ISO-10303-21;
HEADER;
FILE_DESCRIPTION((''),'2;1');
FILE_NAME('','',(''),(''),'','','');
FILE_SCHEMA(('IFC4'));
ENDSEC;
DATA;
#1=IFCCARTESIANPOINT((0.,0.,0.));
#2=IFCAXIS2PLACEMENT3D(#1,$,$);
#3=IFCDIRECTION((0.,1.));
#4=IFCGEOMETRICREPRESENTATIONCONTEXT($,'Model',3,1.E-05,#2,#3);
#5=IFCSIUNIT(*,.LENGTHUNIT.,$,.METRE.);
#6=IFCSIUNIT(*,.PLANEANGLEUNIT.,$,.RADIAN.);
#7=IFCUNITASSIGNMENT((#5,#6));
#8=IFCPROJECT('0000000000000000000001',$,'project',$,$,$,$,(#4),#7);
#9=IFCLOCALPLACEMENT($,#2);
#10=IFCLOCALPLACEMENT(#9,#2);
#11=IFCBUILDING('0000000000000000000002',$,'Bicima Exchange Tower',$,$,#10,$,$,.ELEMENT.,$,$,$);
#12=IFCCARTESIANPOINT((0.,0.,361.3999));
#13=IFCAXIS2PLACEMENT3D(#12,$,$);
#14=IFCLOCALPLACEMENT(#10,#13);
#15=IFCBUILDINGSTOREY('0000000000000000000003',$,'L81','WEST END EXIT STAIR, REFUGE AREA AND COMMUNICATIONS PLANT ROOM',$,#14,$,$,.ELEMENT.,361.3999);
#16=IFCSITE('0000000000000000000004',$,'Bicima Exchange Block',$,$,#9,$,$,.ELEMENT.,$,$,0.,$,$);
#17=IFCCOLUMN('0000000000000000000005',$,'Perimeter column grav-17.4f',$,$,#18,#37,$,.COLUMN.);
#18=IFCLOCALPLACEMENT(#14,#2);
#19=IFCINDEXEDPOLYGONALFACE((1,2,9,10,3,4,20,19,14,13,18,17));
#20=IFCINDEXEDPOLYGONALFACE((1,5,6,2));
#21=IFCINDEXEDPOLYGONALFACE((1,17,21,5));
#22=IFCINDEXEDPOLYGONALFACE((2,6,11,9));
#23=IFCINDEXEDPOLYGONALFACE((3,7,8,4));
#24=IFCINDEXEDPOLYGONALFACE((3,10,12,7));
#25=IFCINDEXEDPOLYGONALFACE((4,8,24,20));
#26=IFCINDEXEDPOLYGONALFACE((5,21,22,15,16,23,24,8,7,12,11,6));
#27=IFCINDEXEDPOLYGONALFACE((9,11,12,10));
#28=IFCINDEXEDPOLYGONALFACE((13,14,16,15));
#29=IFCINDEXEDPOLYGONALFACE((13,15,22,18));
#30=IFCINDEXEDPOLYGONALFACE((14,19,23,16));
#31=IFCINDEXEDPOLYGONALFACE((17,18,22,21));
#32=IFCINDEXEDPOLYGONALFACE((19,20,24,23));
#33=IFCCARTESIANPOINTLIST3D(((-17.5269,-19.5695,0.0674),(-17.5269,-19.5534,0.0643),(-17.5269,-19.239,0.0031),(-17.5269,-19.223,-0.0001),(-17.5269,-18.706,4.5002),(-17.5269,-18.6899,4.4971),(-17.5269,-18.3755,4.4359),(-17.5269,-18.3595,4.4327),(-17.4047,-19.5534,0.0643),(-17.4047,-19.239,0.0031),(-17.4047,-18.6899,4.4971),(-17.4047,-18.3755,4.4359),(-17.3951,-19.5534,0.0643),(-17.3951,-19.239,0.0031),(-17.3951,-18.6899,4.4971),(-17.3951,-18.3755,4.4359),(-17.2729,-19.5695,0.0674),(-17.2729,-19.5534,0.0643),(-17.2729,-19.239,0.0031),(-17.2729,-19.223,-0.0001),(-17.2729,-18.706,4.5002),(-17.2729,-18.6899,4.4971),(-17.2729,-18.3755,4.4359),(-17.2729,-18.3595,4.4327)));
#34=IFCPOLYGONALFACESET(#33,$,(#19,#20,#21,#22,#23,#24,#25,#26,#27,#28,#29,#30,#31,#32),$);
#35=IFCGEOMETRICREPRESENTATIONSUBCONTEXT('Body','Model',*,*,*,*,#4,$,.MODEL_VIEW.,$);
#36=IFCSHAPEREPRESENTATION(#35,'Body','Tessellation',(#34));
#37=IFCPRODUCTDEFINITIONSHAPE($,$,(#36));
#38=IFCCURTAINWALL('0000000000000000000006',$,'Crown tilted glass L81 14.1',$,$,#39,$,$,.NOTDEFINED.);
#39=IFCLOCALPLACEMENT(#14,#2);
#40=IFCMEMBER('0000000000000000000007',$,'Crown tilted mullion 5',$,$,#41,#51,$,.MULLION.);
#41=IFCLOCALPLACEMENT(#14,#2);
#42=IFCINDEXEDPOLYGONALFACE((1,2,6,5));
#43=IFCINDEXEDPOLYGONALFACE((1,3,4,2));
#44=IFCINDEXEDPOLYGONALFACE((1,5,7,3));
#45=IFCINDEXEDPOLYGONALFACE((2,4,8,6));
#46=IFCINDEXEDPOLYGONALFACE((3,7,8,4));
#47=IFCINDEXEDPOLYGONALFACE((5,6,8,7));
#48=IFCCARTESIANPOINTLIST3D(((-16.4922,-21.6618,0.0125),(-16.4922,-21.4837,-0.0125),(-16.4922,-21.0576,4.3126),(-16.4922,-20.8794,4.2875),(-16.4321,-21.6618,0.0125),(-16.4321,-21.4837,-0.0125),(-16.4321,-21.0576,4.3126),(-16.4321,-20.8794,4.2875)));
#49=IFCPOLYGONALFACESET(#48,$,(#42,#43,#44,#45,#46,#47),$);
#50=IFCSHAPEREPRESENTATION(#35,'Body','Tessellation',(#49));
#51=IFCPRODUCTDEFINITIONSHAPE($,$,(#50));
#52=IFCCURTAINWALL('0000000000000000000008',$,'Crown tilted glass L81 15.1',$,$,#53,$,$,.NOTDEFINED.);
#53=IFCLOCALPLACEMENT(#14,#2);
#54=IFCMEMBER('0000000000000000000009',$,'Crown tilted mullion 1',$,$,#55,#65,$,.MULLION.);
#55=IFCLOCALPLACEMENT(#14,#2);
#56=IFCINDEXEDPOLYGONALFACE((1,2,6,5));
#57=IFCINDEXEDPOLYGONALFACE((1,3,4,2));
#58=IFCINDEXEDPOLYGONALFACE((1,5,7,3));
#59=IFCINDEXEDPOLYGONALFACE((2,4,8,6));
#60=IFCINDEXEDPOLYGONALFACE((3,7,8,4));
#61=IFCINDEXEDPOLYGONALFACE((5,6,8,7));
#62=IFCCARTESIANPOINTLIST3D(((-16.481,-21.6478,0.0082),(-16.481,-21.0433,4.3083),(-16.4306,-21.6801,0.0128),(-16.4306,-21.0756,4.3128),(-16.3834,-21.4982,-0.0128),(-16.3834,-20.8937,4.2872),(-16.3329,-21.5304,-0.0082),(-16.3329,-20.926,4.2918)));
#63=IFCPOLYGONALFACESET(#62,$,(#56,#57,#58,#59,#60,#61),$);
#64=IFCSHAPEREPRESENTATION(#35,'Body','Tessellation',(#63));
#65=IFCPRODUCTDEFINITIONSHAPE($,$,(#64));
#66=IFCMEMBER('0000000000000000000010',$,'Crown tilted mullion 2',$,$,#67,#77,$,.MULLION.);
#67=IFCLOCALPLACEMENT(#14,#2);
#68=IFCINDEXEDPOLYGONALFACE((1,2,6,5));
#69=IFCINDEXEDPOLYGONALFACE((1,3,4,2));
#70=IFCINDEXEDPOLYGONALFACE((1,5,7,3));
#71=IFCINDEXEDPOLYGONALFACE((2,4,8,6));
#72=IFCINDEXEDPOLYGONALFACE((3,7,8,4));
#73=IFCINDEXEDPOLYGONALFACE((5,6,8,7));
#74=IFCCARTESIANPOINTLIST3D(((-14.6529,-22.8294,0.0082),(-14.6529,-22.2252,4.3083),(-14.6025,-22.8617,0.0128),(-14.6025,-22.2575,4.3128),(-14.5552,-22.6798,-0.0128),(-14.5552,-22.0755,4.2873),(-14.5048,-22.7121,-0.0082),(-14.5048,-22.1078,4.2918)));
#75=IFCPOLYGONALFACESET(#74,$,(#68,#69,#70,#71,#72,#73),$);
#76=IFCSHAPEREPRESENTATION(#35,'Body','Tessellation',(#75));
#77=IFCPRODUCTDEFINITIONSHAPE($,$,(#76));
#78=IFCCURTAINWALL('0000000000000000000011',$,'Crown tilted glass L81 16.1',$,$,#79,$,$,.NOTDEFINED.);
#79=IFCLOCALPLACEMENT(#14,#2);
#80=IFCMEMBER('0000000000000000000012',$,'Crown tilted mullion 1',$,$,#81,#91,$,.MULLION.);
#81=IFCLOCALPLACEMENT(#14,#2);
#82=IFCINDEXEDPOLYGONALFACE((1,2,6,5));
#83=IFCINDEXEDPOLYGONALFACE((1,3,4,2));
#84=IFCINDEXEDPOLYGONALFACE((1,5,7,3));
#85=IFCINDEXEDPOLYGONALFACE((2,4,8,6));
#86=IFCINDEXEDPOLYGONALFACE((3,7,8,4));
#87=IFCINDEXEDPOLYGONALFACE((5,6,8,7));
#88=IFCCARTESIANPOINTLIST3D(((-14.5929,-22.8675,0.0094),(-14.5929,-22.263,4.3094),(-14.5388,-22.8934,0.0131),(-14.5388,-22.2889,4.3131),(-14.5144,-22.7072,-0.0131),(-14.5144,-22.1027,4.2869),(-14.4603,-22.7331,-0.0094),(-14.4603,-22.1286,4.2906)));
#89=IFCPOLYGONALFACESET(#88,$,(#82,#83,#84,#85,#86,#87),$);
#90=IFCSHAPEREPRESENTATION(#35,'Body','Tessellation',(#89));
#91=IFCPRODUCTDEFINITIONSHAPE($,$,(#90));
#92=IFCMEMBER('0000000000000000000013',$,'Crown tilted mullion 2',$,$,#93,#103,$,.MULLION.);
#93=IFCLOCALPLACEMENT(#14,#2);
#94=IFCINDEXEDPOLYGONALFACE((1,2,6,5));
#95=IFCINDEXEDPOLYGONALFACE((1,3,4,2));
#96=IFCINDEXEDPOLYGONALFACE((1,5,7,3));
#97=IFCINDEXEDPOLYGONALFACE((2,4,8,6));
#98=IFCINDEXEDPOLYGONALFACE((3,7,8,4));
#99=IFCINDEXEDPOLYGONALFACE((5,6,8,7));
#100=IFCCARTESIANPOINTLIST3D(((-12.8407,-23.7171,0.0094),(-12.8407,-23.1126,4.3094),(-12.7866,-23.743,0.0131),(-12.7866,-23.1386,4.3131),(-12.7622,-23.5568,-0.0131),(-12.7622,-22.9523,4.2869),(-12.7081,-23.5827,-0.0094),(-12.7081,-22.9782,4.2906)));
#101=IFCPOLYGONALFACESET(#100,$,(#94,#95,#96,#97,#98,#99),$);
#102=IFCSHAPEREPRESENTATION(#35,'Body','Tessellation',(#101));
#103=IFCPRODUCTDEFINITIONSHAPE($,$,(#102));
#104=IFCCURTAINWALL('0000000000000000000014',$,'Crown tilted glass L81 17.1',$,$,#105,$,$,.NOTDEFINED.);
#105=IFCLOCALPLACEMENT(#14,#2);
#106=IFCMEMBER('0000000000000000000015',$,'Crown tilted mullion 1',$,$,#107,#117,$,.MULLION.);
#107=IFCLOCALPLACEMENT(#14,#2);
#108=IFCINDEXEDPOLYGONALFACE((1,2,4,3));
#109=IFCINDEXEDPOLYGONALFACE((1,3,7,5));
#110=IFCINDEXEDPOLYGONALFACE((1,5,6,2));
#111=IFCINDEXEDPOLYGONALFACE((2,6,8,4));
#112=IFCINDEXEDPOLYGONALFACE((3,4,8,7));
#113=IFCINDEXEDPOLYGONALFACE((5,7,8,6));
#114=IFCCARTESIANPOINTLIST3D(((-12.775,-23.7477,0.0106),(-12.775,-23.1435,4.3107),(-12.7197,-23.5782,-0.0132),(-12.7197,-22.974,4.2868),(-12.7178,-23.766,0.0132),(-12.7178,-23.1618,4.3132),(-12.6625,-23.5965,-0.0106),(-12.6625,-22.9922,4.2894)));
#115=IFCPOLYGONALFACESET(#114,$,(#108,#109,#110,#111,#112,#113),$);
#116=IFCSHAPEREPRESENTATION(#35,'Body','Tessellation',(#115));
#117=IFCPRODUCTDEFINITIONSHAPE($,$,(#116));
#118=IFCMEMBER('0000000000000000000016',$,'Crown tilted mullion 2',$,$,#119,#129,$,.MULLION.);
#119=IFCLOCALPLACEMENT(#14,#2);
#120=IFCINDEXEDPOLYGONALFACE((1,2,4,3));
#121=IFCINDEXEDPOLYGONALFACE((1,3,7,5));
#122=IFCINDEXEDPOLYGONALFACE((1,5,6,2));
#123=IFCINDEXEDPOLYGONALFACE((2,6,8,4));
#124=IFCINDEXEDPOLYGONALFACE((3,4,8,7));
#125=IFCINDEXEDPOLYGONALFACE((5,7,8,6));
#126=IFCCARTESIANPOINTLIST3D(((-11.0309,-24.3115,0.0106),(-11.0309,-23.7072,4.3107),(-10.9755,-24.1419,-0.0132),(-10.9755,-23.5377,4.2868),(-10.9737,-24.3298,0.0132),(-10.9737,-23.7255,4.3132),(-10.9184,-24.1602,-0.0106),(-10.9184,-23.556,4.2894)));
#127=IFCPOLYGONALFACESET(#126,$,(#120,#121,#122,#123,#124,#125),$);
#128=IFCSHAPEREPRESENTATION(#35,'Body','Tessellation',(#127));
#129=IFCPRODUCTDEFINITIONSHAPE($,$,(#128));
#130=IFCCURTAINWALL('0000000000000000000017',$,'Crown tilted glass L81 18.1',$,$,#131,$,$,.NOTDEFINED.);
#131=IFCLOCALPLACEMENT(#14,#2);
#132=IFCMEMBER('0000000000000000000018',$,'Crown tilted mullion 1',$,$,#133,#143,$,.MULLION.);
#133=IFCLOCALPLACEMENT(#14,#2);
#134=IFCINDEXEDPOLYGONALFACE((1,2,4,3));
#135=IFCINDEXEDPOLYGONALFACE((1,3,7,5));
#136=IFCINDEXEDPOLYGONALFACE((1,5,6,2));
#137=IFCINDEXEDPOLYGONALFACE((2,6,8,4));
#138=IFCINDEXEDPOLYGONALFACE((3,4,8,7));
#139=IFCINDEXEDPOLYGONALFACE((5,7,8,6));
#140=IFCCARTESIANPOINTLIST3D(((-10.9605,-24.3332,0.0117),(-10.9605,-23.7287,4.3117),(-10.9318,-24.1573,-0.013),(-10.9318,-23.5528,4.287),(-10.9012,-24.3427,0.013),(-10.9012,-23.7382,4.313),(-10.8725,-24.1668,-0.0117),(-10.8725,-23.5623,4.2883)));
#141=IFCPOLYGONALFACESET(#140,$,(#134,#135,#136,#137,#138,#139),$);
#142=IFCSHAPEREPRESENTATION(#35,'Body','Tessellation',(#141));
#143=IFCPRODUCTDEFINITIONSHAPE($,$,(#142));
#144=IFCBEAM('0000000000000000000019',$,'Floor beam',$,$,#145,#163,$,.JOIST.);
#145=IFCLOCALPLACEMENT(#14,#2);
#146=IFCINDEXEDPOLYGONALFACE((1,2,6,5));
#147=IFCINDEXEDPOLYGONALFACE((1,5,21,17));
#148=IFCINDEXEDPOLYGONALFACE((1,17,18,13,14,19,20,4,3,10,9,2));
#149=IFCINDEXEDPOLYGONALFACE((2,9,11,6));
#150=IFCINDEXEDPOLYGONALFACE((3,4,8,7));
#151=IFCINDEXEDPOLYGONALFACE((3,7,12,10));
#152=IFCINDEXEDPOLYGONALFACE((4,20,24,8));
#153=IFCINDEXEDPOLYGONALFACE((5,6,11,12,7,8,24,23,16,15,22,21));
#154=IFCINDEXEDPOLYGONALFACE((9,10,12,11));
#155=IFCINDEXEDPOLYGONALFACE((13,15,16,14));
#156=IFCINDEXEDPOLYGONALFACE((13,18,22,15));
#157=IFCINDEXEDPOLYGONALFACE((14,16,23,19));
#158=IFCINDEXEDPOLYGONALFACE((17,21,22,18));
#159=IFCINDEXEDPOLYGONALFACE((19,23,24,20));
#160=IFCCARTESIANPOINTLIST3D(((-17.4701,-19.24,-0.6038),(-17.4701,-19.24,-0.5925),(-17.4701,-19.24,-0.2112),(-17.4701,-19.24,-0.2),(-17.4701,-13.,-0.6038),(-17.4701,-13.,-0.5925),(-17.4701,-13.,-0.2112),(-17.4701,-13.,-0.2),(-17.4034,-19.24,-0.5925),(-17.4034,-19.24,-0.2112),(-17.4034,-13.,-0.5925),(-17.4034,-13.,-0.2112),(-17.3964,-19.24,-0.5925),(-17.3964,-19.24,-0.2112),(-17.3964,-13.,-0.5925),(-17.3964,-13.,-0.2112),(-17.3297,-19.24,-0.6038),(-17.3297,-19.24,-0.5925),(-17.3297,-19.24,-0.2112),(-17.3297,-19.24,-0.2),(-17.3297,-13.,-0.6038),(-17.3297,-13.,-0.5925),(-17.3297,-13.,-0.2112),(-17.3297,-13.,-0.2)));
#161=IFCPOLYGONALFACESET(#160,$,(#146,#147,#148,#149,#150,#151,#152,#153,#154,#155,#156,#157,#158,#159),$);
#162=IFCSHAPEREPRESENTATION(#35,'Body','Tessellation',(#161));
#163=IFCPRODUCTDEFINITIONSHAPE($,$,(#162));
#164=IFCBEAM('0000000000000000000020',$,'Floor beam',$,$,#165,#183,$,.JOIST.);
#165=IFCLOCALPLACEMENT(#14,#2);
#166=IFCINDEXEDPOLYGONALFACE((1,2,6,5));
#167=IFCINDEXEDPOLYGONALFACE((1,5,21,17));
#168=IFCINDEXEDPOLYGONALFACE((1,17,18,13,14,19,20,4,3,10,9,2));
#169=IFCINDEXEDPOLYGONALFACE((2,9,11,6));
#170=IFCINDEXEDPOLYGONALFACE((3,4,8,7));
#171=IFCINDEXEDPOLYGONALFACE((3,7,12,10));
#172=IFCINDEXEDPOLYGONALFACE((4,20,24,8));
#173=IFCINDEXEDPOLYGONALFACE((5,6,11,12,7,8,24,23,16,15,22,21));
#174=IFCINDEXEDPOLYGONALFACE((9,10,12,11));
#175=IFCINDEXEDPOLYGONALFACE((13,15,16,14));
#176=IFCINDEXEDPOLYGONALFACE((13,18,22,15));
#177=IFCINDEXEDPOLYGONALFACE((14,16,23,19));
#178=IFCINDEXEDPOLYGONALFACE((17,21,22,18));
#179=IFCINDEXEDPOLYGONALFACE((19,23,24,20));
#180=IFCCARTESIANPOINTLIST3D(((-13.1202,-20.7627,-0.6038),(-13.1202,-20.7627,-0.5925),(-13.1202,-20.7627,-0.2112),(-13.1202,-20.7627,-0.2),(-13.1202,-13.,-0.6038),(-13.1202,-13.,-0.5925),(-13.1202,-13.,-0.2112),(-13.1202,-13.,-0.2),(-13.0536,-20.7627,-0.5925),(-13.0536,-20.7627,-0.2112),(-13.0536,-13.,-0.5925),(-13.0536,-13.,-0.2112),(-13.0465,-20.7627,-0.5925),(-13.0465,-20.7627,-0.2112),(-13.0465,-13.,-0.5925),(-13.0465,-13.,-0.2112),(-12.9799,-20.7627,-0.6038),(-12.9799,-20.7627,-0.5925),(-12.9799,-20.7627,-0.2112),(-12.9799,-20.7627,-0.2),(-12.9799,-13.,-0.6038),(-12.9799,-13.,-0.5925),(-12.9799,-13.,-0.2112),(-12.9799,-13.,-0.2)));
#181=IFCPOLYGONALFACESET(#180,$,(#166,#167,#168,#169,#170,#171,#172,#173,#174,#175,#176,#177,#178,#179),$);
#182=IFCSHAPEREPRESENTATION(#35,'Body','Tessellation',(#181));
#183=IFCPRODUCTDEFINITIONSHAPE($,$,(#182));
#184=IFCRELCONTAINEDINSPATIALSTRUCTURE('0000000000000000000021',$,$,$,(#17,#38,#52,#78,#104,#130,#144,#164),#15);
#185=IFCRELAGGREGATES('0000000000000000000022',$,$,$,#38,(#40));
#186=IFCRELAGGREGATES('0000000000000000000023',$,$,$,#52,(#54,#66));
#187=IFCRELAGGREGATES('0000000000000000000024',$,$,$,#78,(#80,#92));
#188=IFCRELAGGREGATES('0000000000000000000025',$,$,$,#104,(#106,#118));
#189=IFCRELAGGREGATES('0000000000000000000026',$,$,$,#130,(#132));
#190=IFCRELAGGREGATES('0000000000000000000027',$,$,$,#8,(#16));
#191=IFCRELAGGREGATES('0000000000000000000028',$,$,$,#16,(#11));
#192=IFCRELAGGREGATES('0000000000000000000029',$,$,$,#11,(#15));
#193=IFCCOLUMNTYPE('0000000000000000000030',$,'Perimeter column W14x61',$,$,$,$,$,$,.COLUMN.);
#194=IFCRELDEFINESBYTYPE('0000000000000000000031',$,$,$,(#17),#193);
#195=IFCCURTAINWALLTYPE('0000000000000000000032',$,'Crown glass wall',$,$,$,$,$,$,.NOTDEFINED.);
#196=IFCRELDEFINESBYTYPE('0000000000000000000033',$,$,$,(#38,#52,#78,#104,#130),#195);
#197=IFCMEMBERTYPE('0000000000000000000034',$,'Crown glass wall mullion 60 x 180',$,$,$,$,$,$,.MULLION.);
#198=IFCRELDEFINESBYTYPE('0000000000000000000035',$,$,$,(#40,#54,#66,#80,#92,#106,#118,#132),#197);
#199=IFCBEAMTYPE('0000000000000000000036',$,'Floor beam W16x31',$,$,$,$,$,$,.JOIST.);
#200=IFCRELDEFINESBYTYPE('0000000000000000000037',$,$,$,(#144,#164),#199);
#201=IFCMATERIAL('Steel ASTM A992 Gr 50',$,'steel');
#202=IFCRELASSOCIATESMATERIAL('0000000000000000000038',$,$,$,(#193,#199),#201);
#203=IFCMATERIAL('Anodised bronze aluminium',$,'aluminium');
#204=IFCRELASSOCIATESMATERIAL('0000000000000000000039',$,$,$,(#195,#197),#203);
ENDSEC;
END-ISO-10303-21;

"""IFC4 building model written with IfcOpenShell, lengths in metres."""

from ifc_helpers import new_model, si_unit, direction, frame, origin, origin_2d, place, context, subcontext, project, spatial, rectangle, i_section, extrude, material, material_profile, profile_set, type_object, element, aggregate, save


model = new_model("IFC4")

# Units and contexts
model_context = context("Model", 3, precision=1e-05, world=origin(), true_north=direction((0.0, 1.0)))
body_context = subcontext(model_context, "Body", "Model", "MODEL_VIEW")
ifc_project = project(units=[si_unit("LENGTHUNIT", "METRE"), si_unit("PLANEANGLEUNIT", "RADIAN")], contexts=[model_context])

# Site, building, storey
site_placement = place(None, origin())
site = spatial("IfcSite", under=ifc_project, at=site_placement, Name="Bicima Exchange Block", CompositionType="ELEMENT", RefElevation=0.0)
building_placement = place(site_placement, origin())
building = spatial("IfcBuilding", under=site, at=building_placement, Name="Bicima Exchange Tower", CompositionType="ELEMENT")
storey_placement = place(building_placement, frame((0.0, 0.0, 361.3999)))
storey = spatial("IfcBuildingStorey", under=building, at=storey_placement, Name="L81", Description="WEST END EXIT STAIR, REFUGE AREA AND COMMUNICATIONS PLANT ROOM", CompositionType="ELEMENT", Elevation=361.3999)

# Column
ifc_material_1 = material(Name="Steel ASTM A992 Gr 50", Category="steel")
ifc_material_profile_1 = material_profile(ifc_material_1, i_section(OverallWidth=0.2539, OverallDepth=0.353, WebThickness=0.0095, FlangeThickness=0.0164, at=origin_2d()))
ifc_profile_set_1 = profile_set([ifc_material_profile_1], Name="Steel ASTM A992 Gr 50")
column_type = type_object("IfcColumnType", Name="Perimeter column W14x61", PredefinedType="COLUMN", material=ifc_profile_set_1)
column_placement = place(storey_placement, frame((-17.3999, -19.3962, 0.0337), z_axis=(0.0, 0.191207, 0.98155), x_axis=(-1.0, 0.0, 0.0)))
element("IfcColumn", 1, at=column_placement, inside=storey, type_object=column_type, Name="Perimeter column grav-17.4f", PredefinedType="COLUMN", context=body_context, shape_type="SweptSolid", body=[
    extrude(i_section(OverallWidth=0.2539, OverallDepth=0.353, WebThickness=0.0095, FlangeThickness=0.0164, at=origin_2d()), origin(), (0.0, 0.0, 1.0), 4.5161),
])

# Curtain wall, member
ifc_material_2 = material(Name="Anodised bronze aluminium", Category="aluminium")
curtain_wall_type = type_object("IfcCurtainWallType", Name="Crown glass wall", PredefinedType="NOTDEFINED", material=ifc_material_2)
curtain_wall_1_placement = place(storey_placement, origin())
curtain_wall_1 = element("IfcCurtainWall", 2, at=curtain_wall_1_placement, inside=storey, type_object=curtain_wall_type, Name="Crown tilted glass L81 14.1", PredefinedType="NOTDEFINED")
ifc_material_profile_2 = material_profile(ifc_material_2, rectangle(XDim=0.1799, YDim=0.0601, at=origin_2d()))
ifc_profile_set_2 = profile_set([ifc_material_profile_2], Name="Anodised bronze aluminium")
member_type_1 = type_object("IfcMemberType", Name="Crown glass wall mullion 60 x 180", PredefinedType="MULLION", material=ifc_profile_set_2)
member_1_placement = place(storey_placement, frame((-16.4622, -21.5728, 0.0), z_axis=(0.0, 0.139154, 0.990271), x_axis=(0.0, -0.990271, 0.139154)))
member_1 = element("IfcMember", 3, at=member_1_placement, type_object=member_type_1, Name="Crown tilted mullion 5", PredefinedType="MULLION", context=body_context, shape_type="SweptSolid", body=[
    extrude(rectangle(XDim=0.1799, YDim=0.0601, at=origin_2d()), origin(), (0.0, 0.0, 1.0), 4.3423),
])
aggregate(curtain_wall_1, [member_1])

# Curtain walls, members
curtain_wall_2_placement = place(storey_placement, origin())
curtain_wall_2 = element("IfcCurtainWall", 4, at=curtain_wall_2_placement, inside=storey, type_object=curtain_wall_type, Name="Crown tilted glass L81 15.1", PredefinedType="NOTDEFINED")
member_2_placement = place(storey_placement, frame((-16.407, -21.5891, 0.0), z_axis=(0.0, 0.139209, 0.990263), x_axis=(-0.542911, -0.831613, 0.116907)))
member_2 = element("IfcMember", 5, at=member_2_placement, type_object=member_type_1, Name="Crown tilted mullion 1", PredefinedType="MULLION", context=body_context, shape_type="SweptSolid", body=[
    extrude(rectangle(XDim=0.1799, YDim=0.0601, at=origin_2d()), origin(), (0.0, 0.0, 1.0), 4.3423),
])
member_3_placement = place(storey_placement, frame((-14.5789, -22.7708, 0.0), z_axis=(0.0, 0.139154, 0.990271), x_axis=(-0.542911, -0.83162, 0.11686)))
member_3 = element("IfcMember", 6, at=member_3_placement, type_object=member_type_1, Name="Crown tilted mullion 2", PredefinedType="MULLION", context=body_context, shape_type="SweptSolid", body=[
    extrude(rectangle(XDim=0.1799, YDim=0.0601, at=origin_2d()), origin(), (0.0, 0.0, 1.0), 4.3423),
])
curtain_wall_3_placement = place(storey_placement, origin())
curtain_wall_3 = element("IfcCurtainWall", 7, at=curtain_wall_3_placement, inside=storey, type_object=curtain_wall_type, Name="Crown tilted glass L81 16.1", PredefinedType="NOTDEFINED")
member_4_placement = place(storey_placement, frame((-14.5266, -22.8003, 0.0), z_axis=(0.0, 0.139209, 0.990263), x_axis=(-0.436265, -0.891057, 0.125263)))
member_4 = element("IfcMember", 8, at=member_4_placement, type_object=member_type_1, Name="Crown tilted mullion 1", PredefinedType="MULLION", context=body_context, shape_type="SweptSolid", body=[
    extrude(rectangle(XDim=0.1799, YDim=0.0601, at=origin_2d()), origin(), (0.0, 0.0, 1.0), 4.3423),
])
member_5_placement = place(storey_placement, frame((-12.7744, -23.6499, 0.0), z_axis=(0.0, 0.139209, 0.990263), x_axis=(-0.436265, -0.891057, 0.125263)))
member_5 = element("IfcMember", 9, at=member_5_placement, type_object=member_type_1, Name="Crown tilted mullion 2", PredefinedType="MULLION", context=body_context, shape_type="SweptSolid", body=[
    extrude(rectangle(XDim=0.1799, YDim=0.0601, at=origin_2d()), origin(), (0.0, 0.0, 1.0), 4.3423),
])
curtain_wall_4_placement = place(storey_placement, origin())
curtain_wall_4 = element("IfcCurtainWall", 10, at=curtain_wall_4_placement, inside=storey, type_object=curtain_wall_type, Name="Crown tilted glass L81 17.1", PredefinedType="NOTDEFINED")
member_6_placement = place(storey_placement, frame((-12.7188, -23.6721, 0.0), z_axis=(0.0, 0.139154, 0.990271), x_axis=(-0.307573, -0.942267, 0.132408)))
member_6 = element("IfcMember", 11, at=member_6_placement, type_object=member_type_1, Name="Crown tilted mullion 1", PredefinedType="MULLION", context=body_context, shape_type="SweptSolid", body=[
    extrude(rectangle(XDim=0.1799, YDim=0.0601, at=origin_2d()), origin(), (0.0, 0.0, 1.0), 4.3423),
])
member_7_placement = place(storey_placement, frame((-10.9746, -24.2358, 0.0), z_axis=(0.0, 0.139154, 0.990271), x_axis=(-0.307573, -0.942267, 0.132408)))
member_7 = element("IfcMember", 12, at=member_7_placement, type_object=member_type_1, Name="Crown tilted mullion 2", PredefinedType="MULLION", context=body_context, shape_type="SweptSolid", body=[
    extrude(rectangle(XDim=0.1799, YDim=0.0601, at=origin_2d()), origin(), (0.0, 0.0, 1.0), 4.3423),
])

# Curtain wall, member
curtain_wall_5_placement = place(storey_placement, origin())
curtain_wall_5 = element("IfcCurtainWall", 13, at=curtain_wall_5_placement, inside=storey, type_object=curtain_wall_type, Name="Crown tilted glass L81 18.1", PredefinedType="NOTDEFINED")
member_8_placement = place(storey_placement, frame((-10.9165, -24.25, 0.0), z_axis=(0.0, 0.139209, 0.990263), x_axis=(-0.15955, -0.977578, 0.137426)))
member_8 = element("IfcMember", 14, at=member_8_placement, type_object=member_type_1, Name="Crown tilted mullion 1", PredefinedType="MULLION", context=body_context, shape_type="SweptSolid", body=[
    extrude(rectangle(XDim=0.1799, YDim=0.0601, at=origin_2d()), origin(), (0.0, 0.0, 1.0), 4.3423),
])

# Beams
ifc_material_profile_3 = material_profile(ifc_material_1, i_section(OverallWidth=0.1404, OverallDepth=0.4038, WebThickness=0.0071, FlangeThickness=0.0112, at=origin_2d()))
ifc_profile_set_3 = profile_set([ifc_material_profile_3], Name="Steel ASTM A992 Gr 50")
beam_type_1 = type_object("IfcBeamType", Name="Floor beam W16x31", PredefinedType="JOIST", material=ifc_profile_set_3)
beam_1_placement = place(storey_placement, frame((-17.3999, -13.0, -0.4019), z_axis=(0.0, -1.0, 0.0), x_axis=(1.0, 0.0, 0.0)))
element("IfcBeam", 15, at=beam_1_placement, inside=storey, type_object=beam_type_1, Name="Floor beam", PredefinedType="JOIST", context=body_context, shape_type="SweptSolid", body=[
    extrude(i_section(OverallWidth=0.1404, OverallDepth=0.4038, WebThickness=0.0071, FlangeThickness=0.0112, at=origin_2d()), origin(), (0.0, 0.0, 1.0), 6.24),
])
beam_2_placement = place(storey_placement, frame((-13.05, -13.0, -0.4019), z_axis=(0.0, -1.0, 0.0), x_axis=(1.0, 0.0, 0.0)))
element("IfcBeam", 16, at=beam_2_placement, inside=storey, type_object=beam_type_1, Name="Floor beam", PredefinedType="JOIST", context=body_context, shape_type="SweptSolid", body=[
    extrude(i_section(OverallWidth=0.1404, OverallDepth=0.4038, WebThickness=0.0071, FlangeThickness=0.0112, at=origin_2d()), origin(), (0.0, 0.0, 1.0), 7.7627),
])

aggregate(curtain_wall_2, [member_2, member_3])
aggregate(curtain_wall_3, [member_4, member_5])
aggregate(curtain_wall_4, [member_6, member_7])
aggregate(curtain_wall_5, [member_8])

save(model, "model.ifc")
